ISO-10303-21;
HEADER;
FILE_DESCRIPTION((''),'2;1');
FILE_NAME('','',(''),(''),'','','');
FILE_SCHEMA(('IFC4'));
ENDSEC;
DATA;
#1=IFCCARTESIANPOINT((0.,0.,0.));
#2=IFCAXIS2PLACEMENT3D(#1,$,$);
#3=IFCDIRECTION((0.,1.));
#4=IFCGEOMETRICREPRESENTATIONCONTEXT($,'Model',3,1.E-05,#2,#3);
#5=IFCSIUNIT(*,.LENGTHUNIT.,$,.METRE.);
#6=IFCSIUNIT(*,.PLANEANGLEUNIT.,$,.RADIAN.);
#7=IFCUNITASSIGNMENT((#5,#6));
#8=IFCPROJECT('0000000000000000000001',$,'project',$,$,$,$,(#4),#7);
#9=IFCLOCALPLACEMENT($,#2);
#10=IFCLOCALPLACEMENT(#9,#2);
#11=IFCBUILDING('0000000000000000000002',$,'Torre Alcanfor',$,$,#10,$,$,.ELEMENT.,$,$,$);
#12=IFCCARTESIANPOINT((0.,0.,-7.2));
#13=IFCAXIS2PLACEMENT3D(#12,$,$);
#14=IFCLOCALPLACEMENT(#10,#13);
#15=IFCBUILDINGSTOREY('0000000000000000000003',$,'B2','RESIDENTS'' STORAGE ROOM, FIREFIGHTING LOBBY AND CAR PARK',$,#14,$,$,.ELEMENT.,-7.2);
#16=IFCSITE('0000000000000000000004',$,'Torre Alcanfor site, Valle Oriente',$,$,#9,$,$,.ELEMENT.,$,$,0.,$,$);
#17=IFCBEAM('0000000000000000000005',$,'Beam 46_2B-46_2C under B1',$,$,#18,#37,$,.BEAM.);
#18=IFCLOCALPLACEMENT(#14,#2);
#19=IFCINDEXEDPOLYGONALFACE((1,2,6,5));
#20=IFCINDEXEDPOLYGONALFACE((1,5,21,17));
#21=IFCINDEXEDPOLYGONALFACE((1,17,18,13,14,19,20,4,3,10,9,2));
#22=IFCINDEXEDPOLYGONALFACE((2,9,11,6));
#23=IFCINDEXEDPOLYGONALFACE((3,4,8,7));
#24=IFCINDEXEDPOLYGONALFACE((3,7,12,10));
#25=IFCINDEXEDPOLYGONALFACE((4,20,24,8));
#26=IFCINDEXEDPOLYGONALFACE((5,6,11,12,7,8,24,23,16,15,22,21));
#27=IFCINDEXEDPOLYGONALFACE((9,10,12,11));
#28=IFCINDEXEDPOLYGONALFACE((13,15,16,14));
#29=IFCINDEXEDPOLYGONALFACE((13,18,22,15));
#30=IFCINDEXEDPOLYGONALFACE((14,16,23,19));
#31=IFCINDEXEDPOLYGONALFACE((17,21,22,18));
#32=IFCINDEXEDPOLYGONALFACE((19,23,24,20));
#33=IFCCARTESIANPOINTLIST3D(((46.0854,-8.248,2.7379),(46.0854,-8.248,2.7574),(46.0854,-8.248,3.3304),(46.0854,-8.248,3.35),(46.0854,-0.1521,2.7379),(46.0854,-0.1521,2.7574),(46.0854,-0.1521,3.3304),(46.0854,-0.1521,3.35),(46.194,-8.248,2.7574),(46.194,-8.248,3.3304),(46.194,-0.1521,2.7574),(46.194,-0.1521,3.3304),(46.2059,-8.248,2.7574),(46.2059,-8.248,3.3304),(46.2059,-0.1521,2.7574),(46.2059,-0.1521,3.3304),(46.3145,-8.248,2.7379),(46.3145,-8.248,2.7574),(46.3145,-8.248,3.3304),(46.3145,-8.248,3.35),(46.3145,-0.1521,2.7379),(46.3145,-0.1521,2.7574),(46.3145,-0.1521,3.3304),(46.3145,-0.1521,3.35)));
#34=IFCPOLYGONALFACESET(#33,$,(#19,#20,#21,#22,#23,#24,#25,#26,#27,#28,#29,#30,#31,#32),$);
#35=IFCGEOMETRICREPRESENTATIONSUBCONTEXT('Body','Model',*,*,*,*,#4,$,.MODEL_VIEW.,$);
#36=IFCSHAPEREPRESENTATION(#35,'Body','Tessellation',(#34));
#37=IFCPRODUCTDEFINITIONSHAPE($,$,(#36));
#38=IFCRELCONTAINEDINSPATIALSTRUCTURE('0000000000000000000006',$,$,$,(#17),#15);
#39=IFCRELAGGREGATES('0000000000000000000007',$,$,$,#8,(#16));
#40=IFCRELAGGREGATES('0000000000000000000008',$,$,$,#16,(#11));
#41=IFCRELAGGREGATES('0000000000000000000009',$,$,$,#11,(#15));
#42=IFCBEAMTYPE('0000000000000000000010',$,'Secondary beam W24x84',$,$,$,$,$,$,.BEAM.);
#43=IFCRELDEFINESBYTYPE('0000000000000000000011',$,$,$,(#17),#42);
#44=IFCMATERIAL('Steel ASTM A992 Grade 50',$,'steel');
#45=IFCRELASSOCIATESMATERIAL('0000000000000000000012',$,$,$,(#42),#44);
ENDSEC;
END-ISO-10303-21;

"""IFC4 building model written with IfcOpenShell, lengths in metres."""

from ifc_helpers import new_model, si_unit, direction, frame, origin, origin_2d, place, context, subcontext, project, spatial, i_section, extrude, material, material_profile, profile_set, type_object, element, save


model = new_model("IFC4")

# Units and contexts
model_context = context("Model", 3, precision=1e-05, world=origin(), true_north=direction((0.0, 1.0)))
body_context = subcontext(model_context, "Body", "Model", "MODEL_VIEW")
ifc_project = project(units=[si_unit("LENGTHUNIT", "METRE"), si_unit("PLANEANGLEUNIT", "RADIAN")], contexts=[model_context])

# Site, building, storey
site_placement = place(None, origin())
site = spatial("IfcSite", under=ifc_project, at=site_placement, Name="Torre Alcanfor site, Valle Oriente", CompositionType="ELEMENT", RefElevation=0.0)
building_placement = place(site_placement, origin())
building = spatial("IfcBuilding", under=site, at=building_placement, Name="Torre Alcanfor", CompositionType="ELEMENT")
storey_placement = place(building_placement, frame((0.0, 0.0, -7.2)))
storey = spatial("IfcBuildingStorey", under=building, at=storey_placement, Name="B2", Description="RESIDENTS' STORAGE ROOM, FIREFIGHTING LOBBY AND CAR PARK", CompositionType="ELEMENT", Elevation=-7.2)

# Beam
ifc_material_1 = material(Name="Steel ASTM A992 Grade 50", Category="steel")
ifc_material_profile_1 = material_profile(ifc_material_1, i_section(OverallWidth=0.229, OverallDepth=0.6121, WebThickness=0.012, FlangeThickness=0.0195, at=origin_2d()), Name="W24x84")
ifc_profile_set_1 = profile_set([ifc_material_profile_1], Name="Steel ASTM A992 Grade 50")
beam_type_1 = type_object("IfcBeamType", Name="Secondary beam W24x84", PredefinedType="BEAM", material=ifc_profile_set_1)
beam_1_placement = place(storey_placement, frame((46.2, -8.248, 3.0439), z_axis=(0.0, 1.0, 0.0), x_axis=(-1.0, 0.0, 0.0)))
element("IfcBeam", 1, at=beam_1_placement, inside=storey, type_object=beam_type_1, Name="Beam 46_2B-46_2C under B1", PredefinedType="BEAM", context=body_context, shape_type="SweptSolid", body=[
    extrude(i_section(OverallWidth=0.229, OverallDepth=0.6121, WebThickness=0.012, FlangeThickness=0.0195, at=origin_2d()), origin(), (0.0, 0.0, 1.0), 8.0959),
])

save(model, "model.ifc")
